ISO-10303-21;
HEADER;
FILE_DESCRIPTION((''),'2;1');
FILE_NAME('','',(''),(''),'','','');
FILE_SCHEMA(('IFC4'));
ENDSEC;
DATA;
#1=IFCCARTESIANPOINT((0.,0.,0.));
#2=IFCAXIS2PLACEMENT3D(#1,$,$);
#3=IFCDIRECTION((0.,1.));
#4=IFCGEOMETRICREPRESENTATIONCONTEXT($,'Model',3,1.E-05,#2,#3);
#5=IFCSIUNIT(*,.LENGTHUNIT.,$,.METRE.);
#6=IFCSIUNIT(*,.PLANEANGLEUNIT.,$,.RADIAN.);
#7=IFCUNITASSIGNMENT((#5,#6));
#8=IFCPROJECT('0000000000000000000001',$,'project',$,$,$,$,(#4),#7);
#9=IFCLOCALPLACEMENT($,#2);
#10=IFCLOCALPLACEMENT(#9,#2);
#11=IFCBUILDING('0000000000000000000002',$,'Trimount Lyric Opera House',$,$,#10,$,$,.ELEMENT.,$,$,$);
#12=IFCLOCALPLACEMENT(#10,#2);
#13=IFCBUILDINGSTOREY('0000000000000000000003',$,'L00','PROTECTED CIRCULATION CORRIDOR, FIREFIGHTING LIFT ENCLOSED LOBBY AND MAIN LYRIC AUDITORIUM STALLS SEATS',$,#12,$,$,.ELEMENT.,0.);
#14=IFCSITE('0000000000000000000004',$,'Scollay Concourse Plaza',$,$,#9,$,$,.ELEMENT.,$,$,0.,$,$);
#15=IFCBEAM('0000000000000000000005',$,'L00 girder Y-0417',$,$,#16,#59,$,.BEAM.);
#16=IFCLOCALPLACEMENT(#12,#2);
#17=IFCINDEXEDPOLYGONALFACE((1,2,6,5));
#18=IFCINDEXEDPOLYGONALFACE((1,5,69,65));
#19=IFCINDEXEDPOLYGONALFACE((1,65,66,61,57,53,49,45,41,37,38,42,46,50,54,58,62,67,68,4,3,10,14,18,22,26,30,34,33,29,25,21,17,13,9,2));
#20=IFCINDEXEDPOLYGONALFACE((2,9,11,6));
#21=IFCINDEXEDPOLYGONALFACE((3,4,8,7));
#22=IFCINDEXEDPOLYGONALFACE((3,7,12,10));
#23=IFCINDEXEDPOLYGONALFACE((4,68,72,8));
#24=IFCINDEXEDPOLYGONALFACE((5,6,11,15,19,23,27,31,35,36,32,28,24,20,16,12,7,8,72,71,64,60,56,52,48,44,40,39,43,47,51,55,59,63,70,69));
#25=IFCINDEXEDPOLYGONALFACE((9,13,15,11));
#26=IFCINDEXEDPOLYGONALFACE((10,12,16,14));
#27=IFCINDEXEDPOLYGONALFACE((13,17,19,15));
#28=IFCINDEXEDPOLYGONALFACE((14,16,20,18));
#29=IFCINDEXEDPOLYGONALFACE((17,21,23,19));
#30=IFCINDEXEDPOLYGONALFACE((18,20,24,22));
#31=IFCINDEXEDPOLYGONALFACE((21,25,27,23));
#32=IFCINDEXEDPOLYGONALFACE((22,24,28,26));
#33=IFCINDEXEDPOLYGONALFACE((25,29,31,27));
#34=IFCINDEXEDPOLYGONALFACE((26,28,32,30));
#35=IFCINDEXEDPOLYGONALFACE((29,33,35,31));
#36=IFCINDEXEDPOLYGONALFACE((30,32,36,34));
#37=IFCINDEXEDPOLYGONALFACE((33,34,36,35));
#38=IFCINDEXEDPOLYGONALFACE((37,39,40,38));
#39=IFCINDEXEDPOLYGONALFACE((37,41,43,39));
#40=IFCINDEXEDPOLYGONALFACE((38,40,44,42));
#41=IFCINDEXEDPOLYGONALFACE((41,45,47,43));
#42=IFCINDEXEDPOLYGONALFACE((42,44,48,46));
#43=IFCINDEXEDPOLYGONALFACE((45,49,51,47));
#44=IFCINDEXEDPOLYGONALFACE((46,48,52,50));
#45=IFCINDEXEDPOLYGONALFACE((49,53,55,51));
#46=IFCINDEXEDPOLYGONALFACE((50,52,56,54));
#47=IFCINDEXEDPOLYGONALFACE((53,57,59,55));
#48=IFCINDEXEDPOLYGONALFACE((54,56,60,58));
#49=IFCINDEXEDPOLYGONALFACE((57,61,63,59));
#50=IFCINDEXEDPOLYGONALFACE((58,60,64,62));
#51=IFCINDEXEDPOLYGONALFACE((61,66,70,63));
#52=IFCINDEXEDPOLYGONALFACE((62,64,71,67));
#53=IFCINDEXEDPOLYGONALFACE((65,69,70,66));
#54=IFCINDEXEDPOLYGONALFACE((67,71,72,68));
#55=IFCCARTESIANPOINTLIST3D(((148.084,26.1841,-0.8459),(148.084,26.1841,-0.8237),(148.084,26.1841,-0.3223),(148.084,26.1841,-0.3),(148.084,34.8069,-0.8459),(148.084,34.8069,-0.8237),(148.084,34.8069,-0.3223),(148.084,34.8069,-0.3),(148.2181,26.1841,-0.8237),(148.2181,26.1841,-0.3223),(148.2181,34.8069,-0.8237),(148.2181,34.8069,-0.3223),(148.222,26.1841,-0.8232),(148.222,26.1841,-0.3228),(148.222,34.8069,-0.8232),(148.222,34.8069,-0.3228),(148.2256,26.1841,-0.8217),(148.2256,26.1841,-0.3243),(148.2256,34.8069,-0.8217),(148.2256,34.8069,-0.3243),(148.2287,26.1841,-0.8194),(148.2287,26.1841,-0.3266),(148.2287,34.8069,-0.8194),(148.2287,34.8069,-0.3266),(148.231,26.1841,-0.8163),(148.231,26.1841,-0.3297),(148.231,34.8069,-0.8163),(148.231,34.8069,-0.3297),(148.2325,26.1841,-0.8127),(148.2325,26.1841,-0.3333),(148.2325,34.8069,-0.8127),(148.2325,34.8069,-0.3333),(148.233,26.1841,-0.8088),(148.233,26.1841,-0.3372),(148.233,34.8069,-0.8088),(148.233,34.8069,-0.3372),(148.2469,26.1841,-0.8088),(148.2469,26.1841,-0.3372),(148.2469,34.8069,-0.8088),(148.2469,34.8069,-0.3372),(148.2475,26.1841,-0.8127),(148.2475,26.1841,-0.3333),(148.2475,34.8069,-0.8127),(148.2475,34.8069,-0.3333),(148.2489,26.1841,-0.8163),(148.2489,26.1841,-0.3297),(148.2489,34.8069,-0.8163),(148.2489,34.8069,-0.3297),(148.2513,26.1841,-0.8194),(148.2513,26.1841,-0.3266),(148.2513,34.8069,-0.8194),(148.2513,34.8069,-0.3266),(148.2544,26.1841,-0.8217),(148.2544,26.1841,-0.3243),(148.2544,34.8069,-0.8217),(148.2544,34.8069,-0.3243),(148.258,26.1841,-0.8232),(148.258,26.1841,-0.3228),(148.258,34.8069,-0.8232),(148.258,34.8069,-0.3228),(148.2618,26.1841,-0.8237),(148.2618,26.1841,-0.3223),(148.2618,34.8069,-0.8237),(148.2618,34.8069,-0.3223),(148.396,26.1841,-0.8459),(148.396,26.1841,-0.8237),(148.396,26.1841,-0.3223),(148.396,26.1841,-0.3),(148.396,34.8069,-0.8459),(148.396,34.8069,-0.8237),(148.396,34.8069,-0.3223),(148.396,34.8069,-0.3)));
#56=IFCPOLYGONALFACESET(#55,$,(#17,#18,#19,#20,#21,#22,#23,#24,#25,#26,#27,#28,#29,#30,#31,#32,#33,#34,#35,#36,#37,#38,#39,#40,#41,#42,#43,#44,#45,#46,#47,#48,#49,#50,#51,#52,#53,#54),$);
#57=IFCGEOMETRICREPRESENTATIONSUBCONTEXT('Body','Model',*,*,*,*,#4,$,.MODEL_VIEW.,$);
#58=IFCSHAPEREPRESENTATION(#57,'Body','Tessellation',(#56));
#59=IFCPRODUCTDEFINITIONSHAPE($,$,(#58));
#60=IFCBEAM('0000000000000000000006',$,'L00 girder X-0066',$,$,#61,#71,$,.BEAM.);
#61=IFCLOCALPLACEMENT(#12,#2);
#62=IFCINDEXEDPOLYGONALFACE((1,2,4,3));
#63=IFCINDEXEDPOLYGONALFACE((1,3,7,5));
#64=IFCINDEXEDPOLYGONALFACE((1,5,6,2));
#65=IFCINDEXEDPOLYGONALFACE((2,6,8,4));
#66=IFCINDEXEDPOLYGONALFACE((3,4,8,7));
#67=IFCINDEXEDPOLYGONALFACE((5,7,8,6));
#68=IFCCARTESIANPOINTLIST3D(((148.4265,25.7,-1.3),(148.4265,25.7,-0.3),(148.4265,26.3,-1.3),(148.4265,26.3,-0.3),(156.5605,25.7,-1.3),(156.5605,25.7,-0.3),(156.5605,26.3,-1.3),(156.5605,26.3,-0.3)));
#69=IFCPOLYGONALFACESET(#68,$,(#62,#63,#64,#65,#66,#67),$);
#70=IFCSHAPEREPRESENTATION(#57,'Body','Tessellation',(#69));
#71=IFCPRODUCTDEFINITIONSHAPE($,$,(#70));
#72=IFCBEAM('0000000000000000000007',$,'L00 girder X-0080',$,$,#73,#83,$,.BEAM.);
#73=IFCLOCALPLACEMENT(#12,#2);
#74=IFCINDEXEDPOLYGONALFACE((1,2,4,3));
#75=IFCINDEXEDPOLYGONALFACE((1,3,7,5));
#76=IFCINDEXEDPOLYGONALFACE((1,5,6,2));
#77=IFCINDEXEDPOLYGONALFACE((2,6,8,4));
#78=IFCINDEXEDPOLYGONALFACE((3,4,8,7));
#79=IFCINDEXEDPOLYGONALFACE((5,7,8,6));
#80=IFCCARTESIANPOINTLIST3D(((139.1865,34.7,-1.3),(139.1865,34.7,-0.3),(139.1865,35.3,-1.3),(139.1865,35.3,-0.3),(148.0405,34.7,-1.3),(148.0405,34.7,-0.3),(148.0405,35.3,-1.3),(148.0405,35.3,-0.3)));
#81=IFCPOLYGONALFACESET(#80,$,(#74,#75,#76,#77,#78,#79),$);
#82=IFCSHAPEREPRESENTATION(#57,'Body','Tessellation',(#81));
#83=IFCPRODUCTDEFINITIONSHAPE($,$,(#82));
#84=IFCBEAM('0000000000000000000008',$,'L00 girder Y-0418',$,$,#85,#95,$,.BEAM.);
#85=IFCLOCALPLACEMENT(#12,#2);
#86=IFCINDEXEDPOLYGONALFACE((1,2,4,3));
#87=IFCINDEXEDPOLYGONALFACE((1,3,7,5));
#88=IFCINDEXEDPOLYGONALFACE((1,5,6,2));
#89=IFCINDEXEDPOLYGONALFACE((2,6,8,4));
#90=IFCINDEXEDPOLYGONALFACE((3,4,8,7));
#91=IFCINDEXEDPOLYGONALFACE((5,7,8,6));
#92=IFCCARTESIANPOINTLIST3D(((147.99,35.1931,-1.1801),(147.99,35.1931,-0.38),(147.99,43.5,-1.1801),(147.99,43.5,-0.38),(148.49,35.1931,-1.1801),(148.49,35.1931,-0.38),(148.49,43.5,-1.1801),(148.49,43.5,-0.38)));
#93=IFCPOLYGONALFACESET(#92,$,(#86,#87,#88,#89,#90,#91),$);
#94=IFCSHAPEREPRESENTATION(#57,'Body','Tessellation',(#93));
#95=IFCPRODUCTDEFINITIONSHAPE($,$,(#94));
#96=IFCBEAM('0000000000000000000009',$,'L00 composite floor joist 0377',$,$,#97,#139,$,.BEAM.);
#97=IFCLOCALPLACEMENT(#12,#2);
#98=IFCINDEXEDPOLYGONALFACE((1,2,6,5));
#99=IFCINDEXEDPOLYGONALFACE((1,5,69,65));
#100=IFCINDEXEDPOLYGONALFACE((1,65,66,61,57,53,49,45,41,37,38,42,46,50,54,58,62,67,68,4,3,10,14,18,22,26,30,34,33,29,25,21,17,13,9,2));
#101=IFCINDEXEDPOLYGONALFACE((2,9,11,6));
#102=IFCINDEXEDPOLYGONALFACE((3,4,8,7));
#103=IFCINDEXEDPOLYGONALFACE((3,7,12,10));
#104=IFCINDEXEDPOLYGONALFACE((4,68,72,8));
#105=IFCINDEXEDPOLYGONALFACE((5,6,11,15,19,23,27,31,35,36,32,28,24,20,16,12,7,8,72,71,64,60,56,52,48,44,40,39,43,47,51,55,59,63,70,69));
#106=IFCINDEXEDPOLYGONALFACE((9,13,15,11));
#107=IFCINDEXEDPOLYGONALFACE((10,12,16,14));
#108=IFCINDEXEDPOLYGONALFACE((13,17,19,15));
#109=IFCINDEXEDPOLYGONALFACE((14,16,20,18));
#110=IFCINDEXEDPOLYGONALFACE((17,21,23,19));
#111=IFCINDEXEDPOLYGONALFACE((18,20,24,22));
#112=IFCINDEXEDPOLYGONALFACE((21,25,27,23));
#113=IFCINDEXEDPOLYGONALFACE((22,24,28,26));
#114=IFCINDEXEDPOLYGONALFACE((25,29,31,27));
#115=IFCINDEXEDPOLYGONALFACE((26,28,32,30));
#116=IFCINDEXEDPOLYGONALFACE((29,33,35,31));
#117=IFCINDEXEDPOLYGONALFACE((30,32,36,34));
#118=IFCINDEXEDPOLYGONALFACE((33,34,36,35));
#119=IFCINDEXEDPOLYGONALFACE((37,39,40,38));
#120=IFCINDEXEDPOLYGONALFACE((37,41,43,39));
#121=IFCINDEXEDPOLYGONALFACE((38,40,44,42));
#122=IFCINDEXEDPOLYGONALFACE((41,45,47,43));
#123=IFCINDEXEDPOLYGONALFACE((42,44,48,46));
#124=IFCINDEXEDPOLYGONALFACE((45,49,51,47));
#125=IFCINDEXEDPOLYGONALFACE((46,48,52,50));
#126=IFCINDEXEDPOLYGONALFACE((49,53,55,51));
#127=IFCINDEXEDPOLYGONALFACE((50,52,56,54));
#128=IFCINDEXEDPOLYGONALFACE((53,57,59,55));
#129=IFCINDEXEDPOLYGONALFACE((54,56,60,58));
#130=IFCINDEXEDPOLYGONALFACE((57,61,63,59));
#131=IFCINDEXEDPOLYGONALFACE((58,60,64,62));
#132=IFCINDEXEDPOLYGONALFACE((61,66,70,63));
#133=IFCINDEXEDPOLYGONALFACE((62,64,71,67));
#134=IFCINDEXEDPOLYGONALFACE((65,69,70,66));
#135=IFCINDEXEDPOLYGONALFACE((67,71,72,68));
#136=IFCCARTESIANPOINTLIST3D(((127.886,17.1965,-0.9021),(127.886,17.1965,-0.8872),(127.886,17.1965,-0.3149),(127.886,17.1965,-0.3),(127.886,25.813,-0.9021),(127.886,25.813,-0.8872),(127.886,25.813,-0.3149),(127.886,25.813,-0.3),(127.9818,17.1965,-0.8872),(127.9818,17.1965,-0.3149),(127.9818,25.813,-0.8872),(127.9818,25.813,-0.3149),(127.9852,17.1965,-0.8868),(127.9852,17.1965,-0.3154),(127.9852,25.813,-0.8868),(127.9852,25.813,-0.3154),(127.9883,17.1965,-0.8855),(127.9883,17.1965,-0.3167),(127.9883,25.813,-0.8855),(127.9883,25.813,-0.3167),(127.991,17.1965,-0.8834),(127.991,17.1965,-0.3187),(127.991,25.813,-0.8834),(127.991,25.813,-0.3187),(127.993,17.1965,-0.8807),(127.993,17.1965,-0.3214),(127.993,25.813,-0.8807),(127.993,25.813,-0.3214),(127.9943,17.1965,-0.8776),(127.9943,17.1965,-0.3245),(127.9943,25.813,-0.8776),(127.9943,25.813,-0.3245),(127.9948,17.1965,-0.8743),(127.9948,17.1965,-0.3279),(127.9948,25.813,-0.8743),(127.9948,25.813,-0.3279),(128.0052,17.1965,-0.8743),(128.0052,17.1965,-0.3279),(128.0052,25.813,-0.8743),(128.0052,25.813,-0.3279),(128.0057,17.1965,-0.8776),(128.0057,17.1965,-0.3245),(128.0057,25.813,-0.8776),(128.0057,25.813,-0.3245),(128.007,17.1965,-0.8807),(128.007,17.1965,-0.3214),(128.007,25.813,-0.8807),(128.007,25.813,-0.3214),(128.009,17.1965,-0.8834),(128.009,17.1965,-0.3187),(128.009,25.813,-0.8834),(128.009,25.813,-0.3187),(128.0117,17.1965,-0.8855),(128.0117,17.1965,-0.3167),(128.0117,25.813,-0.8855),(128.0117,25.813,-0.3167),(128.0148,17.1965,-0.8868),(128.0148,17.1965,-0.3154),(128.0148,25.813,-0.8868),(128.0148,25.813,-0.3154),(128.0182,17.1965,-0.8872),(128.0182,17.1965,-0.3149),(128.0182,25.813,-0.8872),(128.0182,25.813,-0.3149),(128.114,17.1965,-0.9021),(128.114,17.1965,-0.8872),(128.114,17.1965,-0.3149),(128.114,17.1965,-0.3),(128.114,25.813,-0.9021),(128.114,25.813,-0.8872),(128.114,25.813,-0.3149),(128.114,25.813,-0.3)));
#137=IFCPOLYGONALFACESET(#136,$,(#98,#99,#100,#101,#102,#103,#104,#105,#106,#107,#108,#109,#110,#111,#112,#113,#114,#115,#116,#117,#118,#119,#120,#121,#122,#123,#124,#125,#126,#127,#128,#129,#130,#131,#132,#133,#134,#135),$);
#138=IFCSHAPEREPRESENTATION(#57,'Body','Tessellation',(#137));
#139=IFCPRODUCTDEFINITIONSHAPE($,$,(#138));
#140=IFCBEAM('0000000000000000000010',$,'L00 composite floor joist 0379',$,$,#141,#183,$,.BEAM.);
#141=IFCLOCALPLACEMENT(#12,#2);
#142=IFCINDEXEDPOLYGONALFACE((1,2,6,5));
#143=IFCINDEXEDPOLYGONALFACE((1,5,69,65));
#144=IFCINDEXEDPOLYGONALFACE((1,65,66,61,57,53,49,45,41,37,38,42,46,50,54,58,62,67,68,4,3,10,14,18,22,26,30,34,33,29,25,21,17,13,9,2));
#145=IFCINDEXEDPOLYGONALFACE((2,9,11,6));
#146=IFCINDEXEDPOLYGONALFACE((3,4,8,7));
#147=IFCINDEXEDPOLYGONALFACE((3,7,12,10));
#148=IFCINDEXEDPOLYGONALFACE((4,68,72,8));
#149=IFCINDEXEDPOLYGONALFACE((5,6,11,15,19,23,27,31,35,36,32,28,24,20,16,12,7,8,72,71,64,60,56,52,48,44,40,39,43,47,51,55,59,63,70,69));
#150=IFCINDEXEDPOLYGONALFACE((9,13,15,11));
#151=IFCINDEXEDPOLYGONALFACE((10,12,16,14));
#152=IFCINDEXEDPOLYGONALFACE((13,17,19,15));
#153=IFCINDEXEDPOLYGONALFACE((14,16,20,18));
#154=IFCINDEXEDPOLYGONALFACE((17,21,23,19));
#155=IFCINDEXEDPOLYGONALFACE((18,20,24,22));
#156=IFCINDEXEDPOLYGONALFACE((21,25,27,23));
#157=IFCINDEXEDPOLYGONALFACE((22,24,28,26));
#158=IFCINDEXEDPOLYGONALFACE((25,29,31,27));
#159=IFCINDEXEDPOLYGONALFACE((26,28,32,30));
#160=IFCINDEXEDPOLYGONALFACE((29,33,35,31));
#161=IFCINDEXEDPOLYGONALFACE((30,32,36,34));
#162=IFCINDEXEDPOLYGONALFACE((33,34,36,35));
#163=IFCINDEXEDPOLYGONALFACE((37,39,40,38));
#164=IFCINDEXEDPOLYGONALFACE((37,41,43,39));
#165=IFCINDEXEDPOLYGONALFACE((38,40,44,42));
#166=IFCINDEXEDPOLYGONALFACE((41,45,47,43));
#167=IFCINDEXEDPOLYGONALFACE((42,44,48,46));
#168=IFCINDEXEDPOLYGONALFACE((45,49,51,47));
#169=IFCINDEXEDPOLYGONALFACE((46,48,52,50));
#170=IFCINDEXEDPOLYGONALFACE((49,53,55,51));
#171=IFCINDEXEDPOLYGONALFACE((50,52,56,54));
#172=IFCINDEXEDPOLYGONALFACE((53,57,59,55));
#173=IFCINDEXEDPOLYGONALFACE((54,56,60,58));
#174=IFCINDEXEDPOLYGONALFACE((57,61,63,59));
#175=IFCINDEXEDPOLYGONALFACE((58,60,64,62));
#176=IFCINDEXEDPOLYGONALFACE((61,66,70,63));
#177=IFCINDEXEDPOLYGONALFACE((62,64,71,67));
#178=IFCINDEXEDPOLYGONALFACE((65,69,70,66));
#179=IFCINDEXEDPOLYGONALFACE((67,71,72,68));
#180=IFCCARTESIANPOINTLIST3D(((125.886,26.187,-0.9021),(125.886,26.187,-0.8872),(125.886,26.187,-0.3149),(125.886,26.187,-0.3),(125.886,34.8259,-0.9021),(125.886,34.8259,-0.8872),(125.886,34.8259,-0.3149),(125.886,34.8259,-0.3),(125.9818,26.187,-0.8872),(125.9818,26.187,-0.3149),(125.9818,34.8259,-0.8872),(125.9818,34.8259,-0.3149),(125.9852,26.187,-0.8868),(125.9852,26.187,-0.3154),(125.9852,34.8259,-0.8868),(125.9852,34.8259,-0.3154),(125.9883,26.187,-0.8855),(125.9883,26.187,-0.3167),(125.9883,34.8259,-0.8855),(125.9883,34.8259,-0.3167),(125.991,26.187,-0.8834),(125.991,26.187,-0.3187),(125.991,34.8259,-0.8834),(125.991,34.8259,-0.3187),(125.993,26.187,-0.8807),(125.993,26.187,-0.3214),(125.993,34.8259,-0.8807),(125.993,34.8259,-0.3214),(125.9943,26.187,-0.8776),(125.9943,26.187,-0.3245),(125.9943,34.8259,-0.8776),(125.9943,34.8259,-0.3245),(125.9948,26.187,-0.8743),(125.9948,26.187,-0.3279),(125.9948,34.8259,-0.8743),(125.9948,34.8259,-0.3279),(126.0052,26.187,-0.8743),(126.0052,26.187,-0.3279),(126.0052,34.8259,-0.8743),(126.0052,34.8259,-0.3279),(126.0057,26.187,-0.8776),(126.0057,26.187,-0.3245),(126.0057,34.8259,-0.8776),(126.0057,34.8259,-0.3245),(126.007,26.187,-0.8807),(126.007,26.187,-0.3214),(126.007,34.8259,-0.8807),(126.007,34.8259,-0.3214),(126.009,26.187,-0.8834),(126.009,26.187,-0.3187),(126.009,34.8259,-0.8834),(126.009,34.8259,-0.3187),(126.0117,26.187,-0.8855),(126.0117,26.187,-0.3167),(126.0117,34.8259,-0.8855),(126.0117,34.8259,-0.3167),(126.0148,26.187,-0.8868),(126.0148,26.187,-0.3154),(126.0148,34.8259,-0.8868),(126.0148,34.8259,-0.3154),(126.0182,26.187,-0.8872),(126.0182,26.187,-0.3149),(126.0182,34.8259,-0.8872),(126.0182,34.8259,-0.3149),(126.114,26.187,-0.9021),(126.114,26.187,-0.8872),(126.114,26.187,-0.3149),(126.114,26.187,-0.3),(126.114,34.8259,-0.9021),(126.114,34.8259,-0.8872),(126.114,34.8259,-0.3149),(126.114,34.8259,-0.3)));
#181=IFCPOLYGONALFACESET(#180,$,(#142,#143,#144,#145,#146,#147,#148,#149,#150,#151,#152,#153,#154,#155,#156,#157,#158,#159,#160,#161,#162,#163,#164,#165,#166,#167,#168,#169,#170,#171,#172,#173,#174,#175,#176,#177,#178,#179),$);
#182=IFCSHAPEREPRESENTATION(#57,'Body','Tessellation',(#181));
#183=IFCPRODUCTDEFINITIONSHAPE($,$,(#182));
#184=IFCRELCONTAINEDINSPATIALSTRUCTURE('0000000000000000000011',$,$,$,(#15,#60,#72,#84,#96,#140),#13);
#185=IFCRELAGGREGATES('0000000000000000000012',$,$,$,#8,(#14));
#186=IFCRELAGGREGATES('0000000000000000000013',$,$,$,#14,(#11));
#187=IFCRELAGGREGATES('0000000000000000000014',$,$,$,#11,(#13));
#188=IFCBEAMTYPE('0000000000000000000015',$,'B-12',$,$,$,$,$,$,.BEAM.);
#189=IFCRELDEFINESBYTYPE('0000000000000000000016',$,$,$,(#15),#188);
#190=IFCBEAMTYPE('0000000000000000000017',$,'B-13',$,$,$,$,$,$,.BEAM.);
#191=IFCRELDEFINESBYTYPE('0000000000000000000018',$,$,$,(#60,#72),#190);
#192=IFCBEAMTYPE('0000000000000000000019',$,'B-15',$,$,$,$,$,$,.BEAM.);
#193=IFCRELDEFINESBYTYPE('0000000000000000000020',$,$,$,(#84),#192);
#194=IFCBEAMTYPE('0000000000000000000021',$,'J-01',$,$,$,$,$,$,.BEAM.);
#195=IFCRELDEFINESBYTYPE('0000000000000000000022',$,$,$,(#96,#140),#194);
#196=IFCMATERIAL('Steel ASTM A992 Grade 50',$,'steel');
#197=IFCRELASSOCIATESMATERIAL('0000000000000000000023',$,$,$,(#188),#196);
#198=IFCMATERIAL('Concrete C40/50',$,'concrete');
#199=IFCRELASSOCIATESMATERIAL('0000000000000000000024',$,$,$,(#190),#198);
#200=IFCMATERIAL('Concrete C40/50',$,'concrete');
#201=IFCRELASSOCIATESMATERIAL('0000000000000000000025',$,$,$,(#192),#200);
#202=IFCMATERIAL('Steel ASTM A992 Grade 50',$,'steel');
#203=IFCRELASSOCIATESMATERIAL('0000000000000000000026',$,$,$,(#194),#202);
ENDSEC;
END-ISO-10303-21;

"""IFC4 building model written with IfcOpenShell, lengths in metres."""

from ifc_helpers import new_model, si_unit, direction, frame, origin, origin_2d, place, context, subcontext, project, spatial, rectangle, i_section, extrude, material, material_profile, profile_set, type_object, element, save


model = new_model("IFC4")

# Units and contexts
model_context = context("Model", 3, precision=1e-05, world=origin(), true_north=direction((0.0, 1.0)))
body_context = subcontext(model_context, "Body", "Model", "MODEL_VIEW")
ifc_project = project(units=[si_unit("LENGTHUNIT", "METRE"), si_unit("PLANEANGLEUNIT", "RADIAN")], contexts=[model_context])

# Site, building, storey
site_placement = place(None, origin())
site = spatial("IfcSite", under=ifc_project, at=site_placement, Name="Scollay Concourse Plaza", CompositionType="ELEMENT", RefElevation=0.0)
building_placement = place(site_placement, origin())
building = spatial("IfcBuilding", under=site, at=building_placement, Name="Trimount Lyric Opera House", CompositionType="ELEMENT")
storey_placement = place(building_placement, origin())
storey = spatial("IfcBuildingStorey", under=building, at=storey_placement, Name="L00", Description="PROTECTED CIRCULATION CORRIDOR, FIREFIGHTING LIFT ENCLOSED LOBBY AND MAIN LYRIC AUDITORIUM STALLS SEATS", CompositionType="ELEMENT", Elevation=0.0)

# Beams
ifc_material_1 = material(Name="Steel ASTM A992 Grade 50", Category="steel")
ifc_material_profile_1 = material_profile(ifc_material_1, i_section(OverallWidth=0.312, OverallDepth=0.5459, WebThickness=0.0139, FlangeThickness=0.0222, FilletRadius=0.0149, at=origin_2d()), Name="W21X111")
ifc_profile_set_1 = profile_set([ifc_material_profile_1], Name="Steel ASTM A992 Grade 50")
beam_type_1 = type_object("IfcBeamType", Name="B-12", PredefinedType="BEAM", material=ifc_profile_set_1)
for number, where, z_axis, x_axis, name in (
    (1, (148.24, 26.1841, -0.573), (0.0, 1.0, 0.0), (-1.0, 0.0, 0.0), "L00 girder Y-0417"),
):
    element("IfcBeam", number, at=place(storey_placement, frame(where, z_axis=z_axis, x_axis=x_axis)), inside=storey, type_object=beam_type_1, Name=name, PredefinedType="BEAM", context=body_context, shape_type="SweptSolid", body=[
        extrude(i_section(OverallWidth=0.312, OverallDepth=0.5459, WebThickness=0.0139, FlangeThickness=0.0222, FilletRadius=0.0149, at=origin_2d()), origin(), (0.0, 0.0, 1.0), 8.6228),
    ])
ifc_material_2 = material(Name="Concrete C40/50", Category="concrete")
ifc_material_profile_2 = material_profile(ifc_material_2, rectangle(XDim=0.6001, YDim=1.0, at=origin_2d()), Name="RC600X1000")
ifc_profile_set_2 = profile_set([ifc_material_profile_2], Name="Concrete C40/50")
beam_type_2 = type_object("IfcBeamType", Name="B-13", PredefinedType="BEAM", material=ifc_profile_set_2)
beam_1_placement = place(storey_placement, frame((148.4265, 26.0, -0.8), z_axis=(1.0, 0.0, 0.0), x_axis=(0.0, 1.0, 0.0)))
element("IfcBeam", 2, at=beam_1_placement, inside=storey, type_object=beam_type_2, Name="L00 girder X-0066", PredefinedType="BEAM", context=body_context, shape_type="SweptSolid", body=[
    extrude(rectangle(XDim=0.6001, YDim=1.0, at=origin_2d()), origin(), (0.0, 0.0, 1.0), 8.134),
])
beam_2_placement = place(storey_placement, frame((139.1865, 35.0, -0.8), z_axis=(1.0, 0.0, 0.0), x_axis=(0.0, 1.0, 0.0)))
element("IfcBeam", 3, at=beam_2_placement, inside=storey, type_object=beam_type_2, Name="L00 girder X-0080", PredefinedType="BEAM", context=body_context, shape_type="SweptSolid", body=[
    extrude(rectangle(XDim=0.6001, YDim=1.0, at=origin_2d()), origin(), (0.0, 0.0, 1.0), 8.854),
])
ifc_material_3 = material(Name="Concrete C40/50", Category="concrete")
ifc_material_profile_3 = material_profile(ifc_material_3, rectangle(XDim=0.5, YDim=0.8, at=origin_2d()), Name="RC500X800")
ifc_profile_set_3 = profile_set([ifc_material_profile_3], Name="Concrete C40/50")
beam_type_3 = type_object("IfcBeamType", Name="B-15", PredefinedType="BEAM", material=ifc_profile_set_3)
beam_3_placement = place(storey_placement, frame((148.24, 35.1931, -0.78), z_axis=(0.0, 1.0, 0.0), x_axis=(-1.0, 0.0, 0.0)))
element("IfcBeam", 4, at=beam_3_placement, inside=storey, type_object=beam_type_3, Name="L00 girder Y-0418", PredefinedType="BEAM", context=body_context, shape_type="SweptSolid", body=[
    extrude(rectangle(XDim=0.5, YDim=0.8, at=origin_2d()), origin(), (0.0, 0.0, 1.0), 8.3069),
])
ifc_material_4 = material(Name="Steel ASTM A992 Grade 50", Category="steel")
ifc_material_profile_4 = material_profile(ifc_material_4, i_section(OverallWidth=0.228, OverallDepth=0.6021, WebThickness=0.0105, FlangeThickness=0.0149, FilletRadius=0.0129, at=origin_2d()), Name="W24X68")
ifc_profile_set_4 = profile_set([ifc_material_profile_4], Name="Steel ASTM A992 Grade 50")
beam_type_4 = type_object("IfcBeamType", Name="J-01", PredefinedType="BEAM", material=ifc_profile_set_4)
beam_4_placement = place(storey_placement, frame((128.0, 17.1965, -0.6011), z_axis=(0.0, 1.0, 0.0), x_axis=(-1.0, 0.0, 0.0)))
element("IfcBeam", 5, at=beam_4_placement, inside=storey, type_object=beam_type_4, Name="L00 composite floor joist 0377", PredefinedType="BEAM", context=body_context, shape_type="SweptSolid", body=[
    extrude(i_section(OverallWidth=0.228, OverallDepth=0.6021, WebThickness=0.0105, FlangeThickness=0.0149, FilletRadius=0.0129, at=origin_2d()), origin(), (0.0, 0.0, 1.0), 8.6165),
])
beam_5_placement = place(storey_placement, frame((126.0, 26.187, -0.6011), z_axis=(0.0, 1.0, 0.0), x_axis=(-1.0, 0.0, 0.0)))
element("IfcBeam", 6, at=beam_5_placement, inside=storey, type_object=beam_type_4, Name="L00 composite floor joist 0379", PredefinedType="BEAM", context=body_context, shape_type="SweptSolid", body=[
    extrude(i_section(OverallWidth=0.228, OverallDepth=0.6021, WebThickness=0.0105, FlangeThickness=0.0149, FilletRadius=0.0129, at=origin_2d()), origin(), (0.0, 0.0, 1.0), 8.6389),
])

save(model, "model.ifc")
